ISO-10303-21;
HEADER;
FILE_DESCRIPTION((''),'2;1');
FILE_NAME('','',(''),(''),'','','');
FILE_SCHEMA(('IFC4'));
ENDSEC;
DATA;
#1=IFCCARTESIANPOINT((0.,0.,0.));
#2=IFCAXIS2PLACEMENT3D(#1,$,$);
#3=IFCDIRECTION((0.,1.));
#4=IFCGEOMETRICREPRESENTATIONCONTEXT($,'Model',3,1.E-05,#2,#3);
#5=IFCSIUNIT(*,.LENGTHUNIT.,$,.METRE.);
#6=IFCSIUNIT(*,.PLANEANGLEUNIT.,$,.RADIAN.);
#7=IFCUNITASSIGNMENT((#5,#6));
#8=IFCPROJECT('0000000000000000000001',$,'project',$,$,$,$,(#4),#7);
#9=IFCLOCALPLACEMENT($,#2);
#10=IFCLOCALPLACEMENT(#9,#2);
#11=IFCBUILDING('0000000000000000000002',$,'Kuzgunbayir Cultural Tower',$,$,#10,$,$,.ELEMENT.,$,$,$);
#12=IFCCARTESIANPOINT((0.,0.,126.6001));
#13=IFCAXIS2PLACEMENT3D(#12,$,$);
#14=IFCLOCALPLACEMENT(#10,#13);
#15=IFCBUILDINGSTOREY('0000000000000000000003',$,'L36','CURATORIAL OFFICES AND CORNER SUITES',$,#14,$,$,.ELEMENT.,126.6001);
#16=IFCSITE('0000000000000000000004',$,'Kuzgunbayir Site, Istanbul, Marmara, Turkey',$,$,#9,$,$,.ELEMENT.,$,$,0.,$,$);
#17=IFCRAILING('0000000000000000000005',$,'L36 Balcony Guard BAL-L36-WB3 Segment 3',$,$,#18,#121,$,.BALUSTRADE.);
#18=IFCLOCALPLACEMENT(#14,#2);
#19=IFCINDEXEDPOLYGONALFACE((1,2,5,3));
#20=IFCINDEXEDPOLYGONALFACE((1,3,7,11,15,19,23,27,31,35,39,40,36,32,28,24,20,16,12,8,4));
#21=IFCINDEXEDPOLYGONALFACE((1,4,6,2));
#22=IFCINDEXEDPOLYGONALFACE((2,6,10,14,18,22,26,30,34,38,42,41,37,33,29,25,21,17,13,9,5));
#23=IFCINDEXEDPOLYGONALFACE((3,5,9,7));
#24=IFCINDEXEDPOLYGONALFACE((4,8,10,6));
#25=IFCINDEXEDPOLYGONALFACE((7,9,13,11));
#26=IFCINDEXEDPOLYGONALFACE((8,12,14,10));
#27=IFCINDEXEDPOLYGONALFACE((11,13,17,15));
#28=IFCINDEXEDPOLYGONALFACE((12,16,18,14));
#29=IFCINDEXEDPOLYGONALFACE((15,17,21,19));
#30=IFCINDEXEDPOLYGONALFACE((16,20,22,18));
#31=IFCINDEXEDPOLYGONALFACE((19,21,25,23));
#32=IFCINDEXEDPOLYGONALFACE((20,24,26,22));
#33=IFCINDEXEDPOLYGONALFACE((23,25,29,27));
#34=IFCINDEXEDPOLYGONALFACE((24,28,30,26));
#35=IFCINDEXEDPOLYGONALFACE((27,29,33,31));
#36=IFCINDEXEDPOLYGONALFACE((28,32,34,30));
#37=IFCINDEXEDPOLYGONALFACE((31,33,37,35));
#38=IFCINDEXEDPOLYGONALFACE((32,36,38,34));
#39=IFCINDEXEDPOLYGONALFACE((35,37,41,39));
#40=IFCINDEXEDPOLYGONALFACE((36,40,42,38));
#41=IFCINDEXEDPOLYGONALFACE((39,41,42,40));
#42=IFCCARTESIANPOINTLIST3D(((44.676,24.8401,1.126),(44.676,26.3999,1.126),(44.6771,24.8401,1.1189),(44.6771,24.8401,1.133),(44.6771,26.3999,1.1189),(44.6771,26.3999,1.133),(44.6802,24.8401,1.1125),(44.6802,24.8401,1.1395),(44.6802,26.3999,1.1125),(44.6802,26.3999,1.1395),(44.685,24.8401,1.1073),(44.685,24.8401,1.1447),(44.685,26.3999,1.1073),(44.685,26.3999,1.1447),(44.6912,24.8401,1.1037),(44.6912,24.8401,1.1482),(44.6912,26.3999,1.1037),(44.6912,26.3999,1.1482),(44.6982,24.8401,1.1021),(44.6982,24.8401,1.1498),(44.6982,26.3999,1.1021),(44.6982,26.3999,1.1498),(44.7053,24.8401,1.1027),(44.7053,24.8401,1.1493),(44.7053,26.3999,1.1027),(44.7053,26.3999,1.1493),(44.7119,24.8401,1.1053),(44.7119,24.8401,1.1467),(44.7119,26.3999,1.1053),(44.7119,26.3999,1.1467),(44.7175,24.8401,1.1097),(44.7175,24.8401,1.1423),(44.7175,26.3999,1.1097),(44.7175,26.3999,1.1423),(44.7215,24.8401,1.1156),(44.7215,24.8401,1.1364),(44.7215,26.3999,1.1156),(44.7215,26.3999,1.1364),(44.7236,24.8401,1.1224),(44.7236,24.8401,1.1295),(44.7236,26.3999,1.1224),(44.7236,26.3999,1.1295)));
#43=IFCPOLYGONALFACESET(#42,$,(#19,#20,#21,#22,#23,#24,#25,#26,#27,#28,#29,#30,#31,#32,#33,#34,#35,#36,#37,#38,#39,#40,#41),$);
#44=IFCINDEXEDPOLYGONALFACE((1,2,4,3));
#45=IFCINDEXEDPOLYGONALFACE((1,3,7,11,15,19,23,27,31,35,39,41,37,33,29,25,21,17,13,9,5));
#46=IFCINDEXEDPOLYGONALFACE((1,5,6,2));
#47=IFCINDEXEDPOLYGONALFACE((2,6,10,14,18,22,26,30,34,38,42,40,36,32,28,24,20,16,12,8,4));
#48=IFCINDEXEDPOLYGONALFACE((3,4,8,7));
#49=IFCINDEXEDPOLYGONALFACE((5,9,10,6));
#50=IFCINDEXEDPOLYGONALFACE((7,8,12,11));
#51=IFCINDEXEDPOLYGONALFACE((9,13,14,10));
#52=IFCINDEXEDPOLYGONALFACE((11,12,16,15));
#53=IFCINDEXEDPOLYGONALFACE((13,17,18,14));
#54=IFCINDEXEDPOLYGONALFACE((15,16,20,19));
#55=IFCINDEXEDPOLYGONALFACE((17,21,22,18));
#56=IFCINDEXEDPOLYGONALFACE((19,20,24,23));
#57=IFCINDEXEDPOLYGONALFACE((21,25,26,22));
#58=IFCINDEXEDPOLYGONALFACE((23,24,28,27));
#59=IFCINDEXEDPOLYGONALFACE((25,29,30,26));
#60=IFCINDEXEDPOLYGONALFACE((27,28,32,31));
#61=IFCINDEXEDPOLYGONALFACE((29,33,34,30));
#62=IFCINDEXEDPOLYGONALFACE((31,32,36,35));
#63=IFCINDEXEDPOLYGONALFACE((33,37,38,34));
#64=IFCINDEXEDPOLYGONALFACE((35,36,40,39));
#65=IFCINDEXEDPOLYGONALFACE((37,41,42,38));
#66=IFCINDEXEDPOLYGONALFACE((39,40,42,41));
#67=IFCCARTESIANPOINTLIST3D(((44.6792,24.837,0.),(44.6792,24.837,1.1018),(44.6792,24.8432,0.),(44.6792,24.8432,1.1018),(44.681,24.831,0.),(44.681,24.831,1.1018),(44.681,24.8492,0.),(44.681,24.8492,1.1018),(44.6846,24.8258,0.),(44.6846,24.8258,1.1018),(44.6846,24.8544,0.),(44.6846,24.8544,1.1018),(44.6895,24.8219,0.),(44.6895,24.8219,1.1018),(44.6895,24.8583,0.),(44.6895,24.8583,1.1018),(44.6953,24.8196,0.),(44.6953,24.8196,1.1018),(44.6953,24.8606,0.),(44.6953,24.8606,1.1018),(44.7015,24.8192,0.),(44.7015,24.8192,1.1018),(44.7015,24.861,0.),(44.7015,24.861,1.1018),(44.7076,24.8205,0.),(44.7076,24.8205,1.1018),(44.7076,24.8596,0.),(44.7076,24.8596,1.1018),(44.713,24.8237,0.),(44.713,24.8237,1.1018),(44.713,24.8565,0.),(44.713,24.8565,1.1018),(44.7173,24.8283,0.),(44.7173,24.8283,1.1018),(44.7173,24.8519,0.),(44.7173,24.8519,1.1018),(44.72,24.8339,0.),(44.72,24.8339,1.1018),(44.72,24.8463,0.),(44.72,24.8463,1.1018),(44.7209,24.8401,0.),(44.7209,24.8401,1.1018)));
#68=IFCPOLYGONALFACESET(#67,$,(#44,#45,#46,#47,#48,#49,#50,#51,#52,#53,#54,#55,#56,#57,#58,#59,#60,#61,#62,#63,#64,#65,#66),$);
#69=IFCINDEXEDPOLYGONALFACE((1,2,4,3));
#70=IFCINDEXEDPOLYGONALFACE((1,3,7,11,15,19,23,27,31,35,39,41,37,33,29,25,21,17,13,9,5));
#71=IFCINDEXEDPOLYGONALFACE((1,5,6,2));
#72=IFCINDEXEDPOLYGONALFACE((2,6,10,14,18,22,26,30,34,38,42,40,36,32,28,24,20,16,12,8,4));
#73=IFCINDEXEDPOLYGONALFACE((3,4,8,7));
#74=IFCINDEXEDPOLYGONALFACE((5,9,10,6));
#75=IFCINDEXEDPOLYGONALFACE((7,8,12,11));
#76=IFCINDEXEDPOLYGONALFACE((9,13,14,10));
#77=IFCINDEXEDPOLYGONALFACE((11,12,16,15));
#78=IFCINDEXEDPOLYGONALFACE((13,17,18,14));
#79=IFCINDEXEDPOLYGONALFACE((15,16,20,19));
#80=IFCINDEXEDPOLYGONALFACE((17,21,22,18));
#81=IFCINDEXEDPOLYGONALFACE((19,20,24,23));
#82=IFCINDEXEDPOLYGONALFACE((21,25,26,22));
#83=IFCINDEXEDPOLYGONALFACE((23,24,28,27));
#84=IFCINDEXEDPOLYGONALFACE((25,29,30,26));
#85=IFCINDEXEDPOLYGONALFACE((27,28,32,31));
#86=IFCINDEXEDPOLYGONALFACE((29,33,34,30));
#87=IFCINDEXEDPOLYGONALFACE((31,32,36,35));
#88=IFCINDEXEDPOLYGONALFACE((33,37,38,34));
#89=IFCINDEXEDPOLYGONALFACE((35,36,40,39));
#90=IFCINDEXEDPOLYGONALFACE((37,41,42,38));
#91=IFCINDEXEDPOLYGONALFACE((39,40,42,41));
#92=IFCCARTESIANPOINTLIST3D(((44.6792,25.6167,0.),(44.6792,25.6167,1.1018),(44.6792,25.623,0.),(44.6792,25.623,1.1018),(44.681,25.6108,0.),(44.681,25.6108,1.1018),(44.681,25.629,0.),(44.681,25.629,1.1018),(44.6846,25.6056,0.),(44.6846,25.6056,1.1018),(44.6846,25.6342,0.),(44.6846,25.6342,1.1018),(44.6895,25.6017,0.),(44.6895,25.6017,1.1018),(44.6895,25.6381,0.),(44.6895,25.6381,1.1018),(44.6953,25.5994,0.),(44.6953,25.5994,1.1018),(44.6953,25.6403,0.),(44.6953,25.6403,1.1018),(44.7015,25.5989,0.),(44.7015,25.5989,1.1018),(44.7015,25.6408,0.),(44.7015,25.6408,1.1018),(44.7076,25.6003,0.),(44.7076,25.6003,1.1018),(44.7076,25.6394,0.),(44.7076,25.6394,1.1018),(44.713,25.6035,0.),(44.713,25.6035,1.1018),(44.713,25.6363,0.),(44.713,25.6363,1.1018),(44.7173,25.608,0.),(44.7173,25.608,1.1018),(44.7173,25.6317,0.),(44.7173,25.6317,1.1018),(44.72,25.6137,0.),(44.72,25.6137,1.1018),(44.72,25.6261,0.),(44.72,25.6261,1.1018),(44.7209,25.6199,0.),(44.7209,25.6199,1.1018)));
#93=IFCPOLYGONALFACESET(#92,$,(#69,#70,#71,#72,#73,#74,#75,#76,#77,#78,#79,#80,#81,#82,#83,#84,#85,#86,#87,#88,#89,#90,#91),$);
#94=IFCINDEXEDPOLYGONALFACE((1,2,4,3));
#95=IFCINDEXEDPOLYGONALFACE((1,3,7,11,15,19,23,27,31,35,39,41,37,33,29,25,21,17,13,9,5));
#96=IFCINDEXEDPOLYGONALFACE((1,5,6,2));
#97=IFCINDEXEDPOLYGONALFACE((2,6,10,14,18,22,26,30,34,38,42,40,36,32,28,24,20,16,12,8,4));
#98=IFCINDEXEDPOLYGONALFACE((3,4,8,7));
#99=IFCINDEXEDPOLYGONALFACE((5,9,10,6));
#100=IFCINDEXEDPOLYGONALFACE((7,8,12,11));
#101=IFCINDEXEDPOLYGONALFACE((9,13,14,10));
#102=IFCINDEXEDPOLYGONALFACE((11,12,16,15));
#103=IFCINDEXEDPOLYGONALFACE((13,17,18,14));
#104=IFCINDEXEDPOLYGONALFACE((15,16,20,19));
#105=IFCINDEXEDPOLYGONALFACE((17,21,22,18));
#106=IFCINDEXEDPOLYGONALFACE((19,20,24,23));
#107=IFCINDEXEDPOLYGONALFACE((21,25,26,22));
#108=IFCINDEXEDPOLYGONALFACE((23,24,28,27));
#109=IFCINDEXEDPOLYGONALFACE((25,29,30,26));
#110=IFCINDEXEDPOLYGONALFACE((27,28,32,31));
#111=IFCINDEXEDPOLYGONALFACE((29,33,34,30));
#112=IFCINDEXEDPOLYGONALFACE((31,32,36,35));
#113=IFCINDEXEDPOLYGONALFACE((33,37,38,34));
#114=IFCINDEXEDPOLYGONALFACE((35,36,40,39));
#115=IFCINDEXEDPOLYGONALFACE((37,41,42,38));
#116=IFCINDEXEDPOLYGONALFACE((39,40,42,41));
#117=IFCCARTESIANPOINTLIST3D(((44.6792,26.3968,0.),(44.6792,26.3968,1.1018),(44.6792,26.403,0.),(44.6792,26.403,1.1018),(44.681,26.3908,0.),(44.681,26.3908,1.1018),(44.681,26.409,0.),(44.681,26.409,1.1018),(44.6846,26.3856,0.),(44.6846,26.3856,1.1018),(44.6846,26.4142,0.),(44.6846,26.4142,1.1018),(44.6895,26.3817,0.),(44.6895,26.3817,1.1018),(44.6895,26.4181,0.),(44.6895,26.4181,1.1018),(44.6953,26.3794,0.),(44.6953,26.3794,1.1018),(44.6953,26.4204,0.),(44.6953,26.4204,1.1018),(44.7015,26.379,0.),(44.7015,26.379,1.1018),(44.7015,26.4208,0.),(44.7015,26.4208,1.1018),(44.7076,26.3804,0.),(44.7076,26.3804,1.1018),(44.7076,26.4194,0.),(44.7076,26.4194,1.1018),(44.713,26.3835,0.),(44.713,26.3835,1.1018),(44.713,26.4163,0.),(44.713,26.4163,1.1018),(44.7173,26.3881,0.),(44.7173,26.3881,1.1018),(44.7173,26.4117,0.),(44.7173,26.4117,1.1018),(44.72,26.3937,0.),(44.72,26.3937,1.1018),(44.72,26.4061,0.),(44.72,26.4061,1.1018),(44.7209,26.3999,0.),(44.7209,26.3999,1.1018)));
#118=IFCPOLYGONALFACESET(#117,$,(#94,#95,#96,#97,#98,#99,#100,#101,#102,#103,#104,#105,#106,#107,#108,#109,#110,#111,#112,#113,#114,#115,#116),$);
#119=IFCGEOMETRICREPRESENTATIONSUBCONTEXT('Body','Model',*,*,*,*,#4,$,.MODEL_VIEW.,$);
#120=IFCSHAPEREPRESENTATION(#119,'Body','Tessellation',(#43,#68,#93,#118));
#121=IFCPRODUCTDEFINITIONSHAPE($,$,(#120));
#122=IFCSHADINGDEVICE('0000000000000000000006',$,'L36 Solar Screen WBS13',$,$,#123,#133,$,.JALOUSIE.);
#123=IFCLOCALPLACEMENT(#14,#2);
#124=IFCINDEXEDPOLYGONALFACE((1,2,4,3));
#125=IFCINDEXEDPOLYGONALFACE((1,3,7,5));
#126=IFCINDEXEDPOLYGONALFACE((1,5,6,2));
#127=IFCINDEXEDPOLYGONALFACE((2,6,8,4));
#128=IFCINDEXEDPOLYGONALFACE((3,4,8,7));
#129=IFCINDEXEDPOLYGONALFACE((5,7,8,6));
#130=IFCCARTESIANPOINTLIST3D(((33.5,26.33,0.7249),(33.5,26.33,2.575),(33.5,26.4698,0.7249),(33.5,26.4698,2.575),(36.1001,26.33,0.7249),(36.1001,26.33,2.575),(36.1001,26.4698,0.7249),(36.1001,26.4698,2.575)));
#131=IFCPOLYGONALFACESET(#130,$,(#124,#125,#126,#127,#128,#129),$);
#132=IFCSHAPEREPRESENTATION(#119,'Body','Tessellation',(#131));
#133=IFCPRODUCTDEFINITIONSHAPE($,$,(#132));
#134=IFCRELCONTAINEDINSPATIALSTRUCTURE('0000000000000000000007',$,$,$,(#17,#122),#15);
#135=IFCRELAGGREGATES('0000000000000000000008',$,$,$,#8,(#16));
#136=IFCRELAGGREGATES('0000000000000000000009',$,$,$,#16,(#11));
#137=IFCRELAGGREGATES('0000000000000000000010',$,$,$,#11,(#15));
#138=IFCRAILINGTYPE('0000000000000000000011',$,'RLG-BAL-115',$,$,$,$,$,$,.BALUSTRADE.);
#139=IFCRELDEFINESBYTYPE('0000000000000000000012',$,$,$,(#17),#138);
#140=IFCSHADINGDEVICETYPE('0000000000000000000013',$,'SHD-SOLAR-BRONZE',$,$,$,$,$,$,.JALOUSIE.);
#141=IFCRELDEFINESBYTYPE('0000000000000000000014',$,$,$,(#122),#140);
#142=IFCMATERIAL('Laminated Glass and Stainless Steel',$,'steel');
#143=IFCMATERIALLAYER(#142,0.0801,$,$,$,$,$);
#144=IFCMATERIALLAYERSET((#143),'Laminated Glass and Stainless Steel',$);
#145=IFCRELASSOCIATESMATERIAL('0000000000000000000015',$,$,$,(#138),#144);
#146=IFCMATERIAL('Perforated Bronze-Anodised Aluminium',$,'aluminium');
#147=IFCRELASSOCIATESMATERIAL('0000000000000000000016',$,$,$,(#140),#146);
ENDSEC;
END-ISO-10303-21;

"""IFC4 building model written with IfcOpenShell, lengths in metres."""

from ifc_helpers import new_model, si_unit, direction, frame, origin, origin_2d, place, context, subcontext, project, spatial, rectangle, circle, extrude, material, layer, layer_set, type_object, element, save


model = new_model("IFC4")

# Units and contexts
model_context = context("Model", 3, precision=1e-05, world=origin(), true_north=direction((0.0, 1.0)))
body_context = subcontext(model_context, "Body", "Model", "MODEL_VIEW")
ifc_project = project(units=[si_unit("LENGTHUNIT", "METRE"), si_unit("PLANEANGLEUNIT", "RADIAN")], contexts=[model_context])

# Site, building, storey
site_placement = place(None, origin())
site = spatial("IfcSite", under=ifc_project, at=site_placement, Name="Kuzgunbayir Site, Istanbul, Marmara, Turkey", CompositionType="ELEMENT", RefElevation=0.0)
building_placement = place(site_placement, origin())
building = spatial("IfcBuilding", under=site, at=building_placement, Name="Kuzgunbayir Cultural Tower", CompositionType="ELEMENT")
storey_placement = place(building_placement, frame((0.0, 0.0, 126.6001)))
storey = spatial("IfcBuildingStorey", under=building, at=storey_placement, Name="L36", Description="CURATORIAL OFFICES AND CORNER SUITES", CompositionType="ELEMENT", Elevation=126.6001)

# Railing
ifc_material_1 = material(Name="Laminated Glass and Stainless Steel", Category="steel")
ifc_layer_1 = layer(ifc_material_1, 0.0801)
ifc_layer_set_1 = layer_set([ifc_layer_1], Name="Laminated Glass and Stainless Steel")
railing_type = type_object("IfcRailingType", Name="RLG-BAL-115", PredefinedType="BALUSTRADE", material=ifc_layer_set_1)
railing_1_placement = place(storey_placement, frame((44.7, 24.8401, 0.0)))
element("IfcRailing", 1, at=railing_1_placement, inside=storey, type_object=railing_type, Name="L36 Balcony Guard BAL-L36-WB3 Segment 3", PredefinedType="BALUSTRADE", context=body_context, shape_type="SweptSolid", body=[
    extrude(circle(Radius=0.0239, at=origin_2d()), frame((0.0, 0.0, 1.126), z_axis=(0.0, 1.0, 0.0), x_axis=(-1.0, 0.0, 0.0)), (0.0, 0.0, 1.0), 1.5598),
    extrude(circle(Radius=0.021, at=origin_2d()), origin(), (0.0, 0.0, 1.0), 1.1018),
    extrude(circle(Radius=0.021, at=origin_2d()), frame((0.0, 0.7798, 0.0)), (0.0, 0.0, 1.0), 1.1018),
    extrude(circle(Radius=0.021, at=origin_2d()), frame((0.0, 1.5598, 0.0)), (0.0, 0.0, 1.0), 1.1018),
])

# Shading device
ifc_material_2 = material(Name="Perforated Bronze-Anodised Aluminium", Category="aluminium")
shading_device_type = type_object("IfcShadingDeviceType", Name="SHD-SOLAR-BRONZE", PredefinedType="JALOUSIE", material=ifc_material_2)
shading_device_placement = place(storey_placement, frame((34.8, 26.3999, 0.7249), z_axis=(0.0, 0.0, 1.0), x_axis=(1.0, 0.0, 0.0)))
element("IfcShadingDevice", 2, at=shading_device_placement, inside=storey, type_object=shading_device_type, Name="L36 Solar Screen WBS13", PredefinedType="JALOUSIE", context=body_context, shape_type="SweptSolid", body=[
    extrude(rectangle(XDim=2.6001, YDim=0.1399, at=origin_2d()), origin(), (0.0, 0.0, 1.0), 1.8501),
])

save(model, "model.ifc")
